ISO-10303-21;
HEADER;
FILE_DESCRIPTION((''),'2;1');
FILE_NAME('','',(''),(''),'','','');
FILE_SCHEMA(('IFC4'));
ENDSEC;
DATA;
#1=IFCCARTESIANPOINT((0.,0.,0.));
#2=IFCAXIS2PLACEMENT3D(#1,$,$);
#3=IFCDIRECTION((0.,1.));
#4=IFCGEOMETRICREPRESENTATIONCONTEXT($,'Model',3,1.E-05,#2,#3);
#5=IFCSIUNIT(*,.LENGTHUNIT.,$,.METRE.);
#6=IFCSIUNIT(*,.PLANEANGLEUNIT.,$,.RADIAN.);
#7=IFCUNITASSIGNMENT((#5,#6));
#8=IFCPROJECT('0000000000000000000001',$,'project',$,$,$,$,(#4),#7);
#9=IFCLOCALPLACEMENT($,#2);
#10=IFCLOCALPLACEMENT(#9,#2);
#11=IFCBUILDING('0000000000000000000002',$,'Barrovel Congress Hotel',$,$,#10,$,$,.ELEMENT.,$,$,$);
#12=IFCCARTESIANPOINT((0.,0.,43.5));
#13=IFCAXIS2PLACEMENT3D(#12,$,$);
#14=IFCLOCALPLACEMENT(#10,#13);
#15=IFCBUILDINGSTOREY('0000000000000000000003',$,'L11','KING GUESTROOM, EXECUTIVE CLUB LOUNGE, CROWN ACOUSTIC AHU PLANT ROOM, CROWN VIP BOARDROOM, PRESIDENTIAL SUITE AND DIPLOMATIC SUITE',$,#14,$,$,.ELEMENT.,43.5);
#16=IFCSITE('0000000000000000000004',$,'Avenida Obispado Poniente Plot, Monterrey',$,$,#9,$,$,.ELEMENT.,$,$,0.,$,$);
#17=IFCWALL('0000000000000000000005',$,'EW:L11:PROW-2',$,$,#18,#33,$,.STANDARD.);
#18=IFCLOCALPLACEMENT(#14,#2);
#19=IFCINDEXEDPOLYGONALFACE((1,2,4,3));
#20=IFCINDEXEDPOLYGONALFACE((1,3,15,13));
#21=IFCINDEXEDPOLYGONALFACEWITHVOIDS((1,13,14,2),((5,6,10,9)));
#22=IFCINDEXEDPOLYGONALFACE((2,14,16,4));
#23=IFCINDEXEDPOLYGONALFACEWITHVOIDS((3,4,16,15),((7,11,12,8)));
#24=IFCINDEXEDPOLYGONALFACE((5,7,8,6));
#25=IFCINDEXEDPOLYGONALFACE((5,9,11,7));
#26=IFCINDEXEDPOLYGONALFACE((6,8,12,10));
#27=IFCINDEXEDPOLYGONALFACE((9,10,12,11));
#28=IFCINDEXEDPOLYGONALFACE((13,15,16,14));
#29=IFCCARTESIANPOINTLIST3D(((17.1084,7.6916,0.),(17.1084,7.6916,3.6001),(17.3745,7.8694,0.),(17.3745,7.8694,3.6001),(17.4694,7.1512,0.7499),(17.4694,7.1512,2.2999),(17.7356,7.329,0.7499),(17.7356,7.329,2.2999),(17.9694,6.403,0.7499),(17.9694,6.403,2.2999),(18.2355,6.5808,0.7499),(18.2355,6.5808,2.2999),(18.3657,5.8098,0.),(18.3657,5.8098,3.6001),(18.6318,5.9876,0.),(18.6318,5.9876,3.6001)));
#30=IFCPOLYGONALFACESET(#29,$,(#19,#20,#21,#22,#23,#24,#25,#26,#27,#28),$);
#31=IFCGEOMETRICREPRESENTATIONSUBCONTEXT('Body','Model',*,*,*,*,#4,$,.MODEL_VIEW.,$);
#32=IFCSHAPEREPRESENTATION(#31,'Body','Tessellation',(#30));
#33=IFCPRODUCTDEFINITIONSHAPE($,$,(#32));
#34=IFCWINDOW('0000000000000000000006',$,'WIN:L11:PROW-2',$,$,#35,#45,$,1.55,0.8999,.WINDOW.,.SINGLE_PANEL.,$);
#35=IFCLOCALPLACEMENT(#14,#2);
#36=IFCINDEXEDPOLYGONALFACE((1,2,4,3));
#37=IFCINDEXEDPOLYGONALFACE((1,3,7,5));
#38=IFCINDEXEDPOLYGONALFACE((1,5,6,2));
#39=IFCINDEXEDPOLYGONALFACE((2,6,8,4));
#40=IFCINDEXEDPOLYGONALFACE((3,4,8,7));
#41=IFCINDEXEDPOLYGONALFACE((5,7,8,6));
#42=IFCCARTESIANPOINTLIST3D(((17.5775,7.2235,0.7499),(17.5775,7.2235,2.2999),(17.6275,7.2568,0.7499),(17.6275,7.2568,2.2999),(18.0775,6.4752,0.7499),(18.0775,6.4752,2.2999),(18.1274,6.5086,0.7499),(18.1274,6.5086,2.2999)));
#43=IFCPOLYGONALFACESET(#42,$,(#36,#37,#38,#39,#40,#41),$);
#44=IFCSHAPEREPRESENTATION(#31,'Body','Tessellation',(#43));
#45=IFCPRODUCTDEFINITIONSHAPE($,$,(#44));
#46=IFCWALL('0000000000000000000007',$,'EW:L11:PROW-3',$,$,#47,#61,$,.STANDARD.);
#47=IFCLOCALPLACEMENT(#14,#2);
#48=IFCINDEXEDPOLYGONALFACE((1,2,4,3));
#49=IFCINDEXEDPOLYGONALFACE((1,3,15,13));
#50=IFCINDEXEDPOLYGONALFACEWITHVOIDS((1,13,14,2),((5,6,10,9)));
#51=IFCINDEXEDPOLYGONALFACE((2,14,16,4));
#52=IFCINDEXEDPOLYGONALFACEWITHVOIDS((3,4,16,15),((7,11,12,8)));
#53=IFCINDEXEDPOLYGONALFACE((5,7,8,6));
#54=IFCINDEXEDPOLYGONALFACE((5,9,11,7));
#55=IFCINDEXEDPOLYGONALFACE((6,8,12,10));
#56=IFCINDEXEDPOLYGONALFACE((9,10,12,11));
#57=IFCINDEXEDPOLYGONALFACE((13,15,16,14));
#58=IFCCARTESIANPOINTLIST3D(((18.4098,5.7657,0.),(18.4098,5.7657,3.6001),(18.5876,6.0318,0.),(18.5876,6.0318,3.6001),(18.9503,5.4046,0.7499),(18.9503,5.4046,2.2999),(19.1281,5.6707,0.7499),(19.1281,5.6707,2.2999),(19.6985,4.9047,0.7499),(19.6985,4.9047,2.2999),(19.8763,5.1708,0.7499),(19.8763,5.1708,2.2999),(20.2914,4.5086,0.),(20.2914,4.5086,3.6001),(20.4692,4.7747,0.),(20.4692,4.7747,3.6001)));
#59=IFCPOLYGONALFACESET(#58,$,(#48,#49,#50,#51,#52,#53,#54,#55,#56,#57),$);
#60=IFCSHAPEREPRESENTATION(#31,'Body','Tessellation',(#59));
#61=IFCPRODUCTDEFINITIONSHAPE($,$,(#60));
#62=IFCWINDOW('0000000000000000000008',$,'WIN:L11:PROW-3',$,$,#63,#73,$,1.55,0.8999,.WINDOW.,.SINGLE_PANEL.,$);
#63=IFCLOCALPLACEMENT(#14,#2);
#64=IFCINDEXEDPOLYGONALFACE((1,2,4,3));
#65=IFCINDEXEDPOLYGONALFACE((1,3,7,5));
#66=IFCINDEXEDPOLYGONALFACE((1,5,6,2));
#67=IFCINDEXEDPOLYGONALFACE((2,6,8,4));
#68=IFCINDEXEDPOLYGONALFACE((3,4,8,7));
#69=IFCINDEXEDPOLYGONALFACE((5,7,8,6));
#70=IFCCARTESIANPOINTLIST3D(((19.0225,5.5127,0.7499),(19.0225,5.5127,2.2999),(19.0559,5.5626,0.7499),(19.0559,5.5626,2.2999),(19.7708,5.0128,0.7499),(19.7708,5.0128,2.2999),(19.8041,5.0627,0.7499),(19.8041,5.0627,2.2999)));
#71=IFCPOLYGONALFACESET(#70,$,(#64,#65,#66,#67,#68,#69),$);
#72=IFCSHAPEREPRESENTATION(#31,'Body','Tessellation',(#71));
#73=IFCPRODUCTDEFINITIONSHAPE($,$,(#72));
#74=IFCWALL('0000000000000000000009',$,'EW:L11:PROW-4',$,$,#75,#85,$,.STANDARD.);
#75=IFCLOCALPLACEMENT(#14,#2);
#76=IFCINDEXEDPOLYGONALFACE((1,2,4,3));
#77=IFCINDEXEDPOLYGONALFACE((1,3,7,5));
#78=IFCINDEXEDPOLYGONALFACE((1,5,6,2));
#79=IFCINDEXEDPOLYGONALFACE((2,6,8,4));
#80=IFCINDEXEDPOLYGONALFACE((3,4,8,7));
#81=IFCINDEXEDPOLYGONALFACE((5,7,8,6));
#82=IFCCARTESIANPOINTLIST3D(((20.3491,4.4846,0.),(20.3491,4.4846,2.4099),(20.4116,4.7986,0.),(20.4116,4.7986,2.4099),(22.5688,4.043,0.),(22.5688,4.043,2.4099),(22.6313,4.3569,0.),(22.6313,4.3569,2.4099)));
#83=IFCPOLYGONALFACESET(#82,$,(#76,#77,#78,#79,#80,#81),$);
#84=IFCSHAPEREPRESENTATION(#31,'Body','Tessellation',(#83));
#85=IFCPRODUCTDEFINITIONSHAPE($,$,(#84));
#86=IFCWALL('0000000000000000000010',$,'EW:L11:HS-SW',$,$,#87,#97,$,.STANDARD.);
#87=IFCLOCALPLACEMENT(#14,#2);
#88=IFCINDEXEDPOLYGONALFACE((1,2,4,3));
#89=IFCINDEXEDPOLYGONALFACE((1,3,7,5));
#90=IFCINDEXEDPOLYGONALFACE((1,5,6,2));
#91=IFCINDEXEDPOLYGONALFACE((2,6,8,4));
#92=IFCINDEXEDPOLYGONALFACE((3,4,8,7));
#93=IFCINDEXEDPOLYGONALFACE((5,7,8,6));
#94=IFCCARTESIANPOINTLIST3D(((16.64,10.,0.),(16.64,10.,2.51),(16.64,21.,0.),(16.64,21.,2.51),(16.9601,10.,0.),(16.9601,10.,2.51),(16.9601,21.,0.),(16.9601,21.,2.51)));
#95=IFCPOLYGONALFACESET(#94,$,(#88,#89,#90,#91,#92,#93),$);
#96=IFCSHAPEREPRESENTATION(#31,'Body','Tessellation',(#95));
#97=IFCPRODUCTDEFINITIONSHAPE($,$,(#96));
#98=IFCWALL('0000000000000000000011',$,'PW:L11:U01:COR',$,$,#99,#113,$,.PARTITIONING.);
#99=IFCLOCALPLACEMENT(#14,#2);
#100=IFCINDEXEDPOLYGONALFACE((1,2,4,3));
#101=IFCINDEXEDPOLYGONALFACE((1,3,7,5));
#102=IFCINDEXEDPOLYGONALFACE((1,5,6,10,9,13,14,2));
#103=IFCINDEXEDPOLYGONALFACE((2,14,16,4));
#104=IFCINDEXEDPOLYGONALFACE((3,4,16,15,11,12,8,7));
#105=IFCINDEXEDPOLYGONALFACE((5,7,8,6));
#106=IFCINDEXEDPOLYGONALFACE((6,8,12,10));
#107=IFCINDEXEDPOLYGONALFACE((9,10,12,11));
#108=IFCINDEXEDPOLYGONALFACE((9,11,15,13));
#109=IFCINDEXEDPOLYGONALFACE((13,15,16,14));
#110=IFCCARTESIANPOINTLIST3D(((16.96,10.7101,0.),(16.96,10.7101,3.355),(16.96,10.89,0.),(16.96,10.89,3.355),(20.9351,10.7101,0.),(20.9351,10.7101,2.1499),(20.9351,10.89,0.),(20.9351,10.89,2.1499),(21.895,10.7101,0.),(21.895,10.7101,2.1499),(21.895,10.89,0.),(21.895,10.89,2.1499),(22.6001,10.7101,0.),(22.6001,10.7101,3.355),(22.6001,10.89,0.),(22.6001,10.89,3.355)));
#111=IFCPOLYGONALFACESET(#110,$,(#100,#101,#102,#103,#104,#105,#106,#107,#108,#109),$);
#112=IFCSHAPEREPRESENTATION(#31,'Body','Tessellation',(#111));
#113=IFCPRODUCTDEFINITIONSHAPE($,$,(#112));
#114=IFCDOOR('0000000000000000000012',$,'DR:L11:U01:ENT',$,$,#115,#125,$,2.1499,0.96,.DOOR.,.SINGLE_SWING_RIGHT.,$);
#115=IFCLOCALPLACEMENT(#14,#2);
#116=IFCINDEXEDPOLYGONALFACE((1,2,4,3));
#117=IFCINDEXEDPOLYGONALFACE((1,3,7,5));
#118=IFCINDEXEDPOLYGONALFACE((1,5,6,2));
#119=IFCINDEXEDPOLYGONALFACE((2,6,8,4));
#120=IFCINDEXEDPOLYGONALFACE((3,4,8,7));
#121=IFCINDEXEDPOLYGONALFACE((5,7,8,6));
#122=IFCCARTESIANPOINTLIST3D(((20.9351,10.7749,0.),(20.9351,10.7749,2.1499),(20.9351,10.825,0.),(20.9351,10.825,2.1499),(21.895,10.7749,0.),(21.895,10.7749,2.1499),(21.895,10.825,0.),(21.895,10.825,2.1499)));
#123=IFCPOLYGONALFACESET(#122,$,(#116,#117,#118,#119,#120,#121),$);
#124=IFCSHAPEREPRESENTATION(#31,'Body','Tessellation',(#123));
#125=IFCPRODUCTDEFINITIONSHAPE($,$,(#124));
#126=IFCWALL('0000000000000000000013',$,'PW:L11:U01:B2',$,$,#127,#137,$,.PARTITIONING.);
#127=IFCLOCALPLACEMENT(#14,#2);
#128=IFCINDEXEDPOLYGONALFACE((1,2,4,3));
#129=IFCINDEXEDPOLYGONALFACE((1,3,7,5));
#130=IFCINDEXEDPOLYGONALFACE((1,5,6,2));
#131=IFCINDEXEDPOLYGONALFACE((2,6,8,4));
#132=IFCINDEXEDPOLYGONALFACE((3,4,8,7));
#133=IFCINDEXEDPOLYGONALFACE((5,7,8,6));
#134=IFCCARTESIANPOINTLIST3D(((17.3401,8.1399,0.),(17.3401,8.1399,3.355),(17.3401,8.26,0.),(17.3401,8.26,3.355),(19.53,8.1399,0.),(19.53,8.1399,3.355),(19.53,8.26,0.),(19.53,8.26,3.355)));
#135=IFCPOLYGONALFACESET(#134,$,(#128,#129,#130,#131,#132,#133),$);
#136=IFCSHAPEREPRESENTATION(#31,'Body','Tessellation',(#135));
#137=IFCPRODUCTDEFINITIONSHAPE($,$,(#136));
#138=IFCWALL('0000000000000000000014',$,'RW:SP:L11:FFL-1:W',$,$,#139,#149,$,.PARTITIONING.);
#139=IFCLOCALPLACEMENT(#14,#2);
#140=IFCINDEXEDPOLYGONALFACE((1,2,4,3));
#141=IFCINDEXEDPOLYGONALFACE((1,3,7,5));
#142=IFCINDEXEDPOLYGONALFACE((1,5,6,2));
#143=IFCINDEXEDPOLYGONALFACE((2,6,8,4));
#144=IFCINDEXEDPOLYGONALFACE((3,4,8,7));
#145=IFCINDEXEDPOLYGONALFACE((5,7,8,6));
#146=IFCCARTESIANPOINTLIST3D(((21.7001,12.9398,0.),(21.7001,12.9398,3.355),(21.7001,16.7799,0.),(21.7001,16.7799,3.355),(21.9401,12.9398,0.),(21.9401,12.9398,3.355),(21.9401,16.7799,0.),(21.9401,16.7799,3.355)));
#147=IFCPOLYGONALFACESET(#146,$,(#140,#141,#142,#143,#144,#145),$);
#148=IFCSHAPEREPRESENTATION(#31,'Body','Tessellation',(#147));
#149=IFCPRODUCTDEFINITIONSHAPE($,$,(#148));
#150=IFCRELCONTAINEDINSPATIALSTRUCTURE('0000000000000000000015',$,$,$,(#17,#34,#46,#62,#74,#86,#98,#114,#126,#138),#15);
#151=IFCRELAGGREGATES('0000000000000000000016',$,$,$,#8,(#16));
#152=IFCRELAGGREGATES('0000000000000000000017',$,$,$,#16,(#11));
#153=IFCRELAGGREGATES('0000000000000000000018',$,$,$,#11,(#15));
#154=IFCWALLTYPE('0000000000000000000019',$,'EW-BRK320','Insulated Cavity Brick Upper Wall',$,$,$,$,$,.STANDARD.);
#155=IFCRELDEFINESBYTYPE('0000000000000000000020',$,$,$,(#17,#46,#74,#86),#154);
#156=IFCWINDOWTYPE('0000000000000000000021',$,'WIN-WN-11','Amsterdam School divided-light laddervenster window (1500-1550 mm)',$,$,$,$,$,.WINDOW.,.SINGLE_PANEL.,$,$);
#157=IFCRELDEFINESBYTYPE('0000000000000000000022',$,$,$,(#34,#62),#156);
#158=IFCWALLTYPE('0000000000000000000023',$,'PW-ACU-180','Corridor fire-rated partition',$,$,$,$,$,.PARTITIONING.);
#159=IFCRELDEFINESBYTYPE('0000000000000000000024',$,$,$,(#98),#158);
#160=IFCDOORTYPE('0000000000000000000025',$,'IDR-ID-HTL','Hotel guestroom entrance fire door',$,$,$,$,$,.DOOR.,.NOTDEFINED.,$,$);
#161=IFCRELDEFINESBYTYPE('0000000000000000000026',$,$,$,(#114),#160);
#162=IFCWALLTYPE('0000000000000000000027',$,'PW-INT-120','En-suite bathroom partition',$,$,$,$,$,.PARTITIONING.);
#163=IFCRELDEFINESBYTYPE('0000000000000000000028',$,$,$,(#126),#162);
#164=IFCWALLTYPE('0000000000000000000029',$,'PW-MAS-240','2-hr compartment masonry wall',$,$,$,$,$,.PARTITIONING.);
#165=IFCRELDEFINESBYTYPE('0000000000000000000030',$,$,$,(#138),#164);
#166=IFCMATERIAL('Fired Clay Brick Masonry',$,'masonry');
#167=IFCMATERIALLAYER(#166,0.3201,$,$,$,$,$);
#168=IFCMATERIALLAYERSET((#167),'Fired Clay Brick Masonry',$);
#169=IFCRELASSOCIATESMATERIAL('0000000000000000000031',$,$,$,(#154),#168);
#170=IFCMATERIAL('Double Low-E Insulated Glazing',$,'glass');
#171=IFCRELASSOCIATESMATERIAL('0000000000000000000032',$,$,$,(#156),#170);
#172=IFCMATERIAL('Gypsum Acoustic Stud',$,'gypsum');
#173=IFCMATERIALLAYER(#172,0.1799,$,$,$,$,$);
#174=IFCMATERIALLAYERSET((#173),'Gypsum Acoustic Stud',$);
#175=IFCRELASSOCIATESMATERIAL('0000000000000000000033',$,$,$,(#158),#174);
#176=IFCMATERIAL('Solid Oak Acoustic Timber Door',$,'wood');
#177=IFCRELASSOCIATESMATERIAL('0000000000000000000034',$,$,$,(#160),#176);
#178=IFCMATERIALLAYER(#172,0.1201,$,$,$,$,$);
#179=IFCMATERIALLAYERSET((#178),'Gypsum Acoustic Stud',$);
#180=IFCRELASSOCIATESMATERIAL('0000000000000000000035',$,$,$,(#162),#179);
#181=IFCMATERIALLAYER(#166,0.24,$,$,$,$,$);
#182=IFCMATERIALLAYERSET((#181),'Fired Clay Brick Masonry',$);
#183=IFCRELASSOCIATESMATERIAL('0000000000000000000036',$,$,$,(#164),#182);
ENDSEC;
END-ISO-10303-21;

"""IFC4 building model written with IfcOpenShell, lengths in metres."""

from ifc_helpers import new_model, si_unit, direction, frame, frame_2d, origin, place, context, subcontext, project, spatial, rectangle, extrude, material, layer, layer_set, type_object, element, fill, save


model = new_model("IFC4")

# Units and contexts
model_context = context("Model", 3, precision=1e-05, world=origin(), true_north=direction((0.0, 1.0)))
body_context = subcontext(model_context, "Body", "Model", "MODEL_VIEW")
ifc_project = project(units=[si_unit("LENGTHUNIT", "METRE"), si_unit("PLANEANGLEUNIT", "RADIAN")], contexts=[model_context])

# Site, building, storey
site_placement = place(None, origin())
site = spatial("IfcSite", under=ifc_project, at=site_placement, Name="Avenida Obispado Poniente Plot, Monterrey", CompositionType="ELEMENT", RefElevation=0.0)
building_placement = place(site_placement, origin())
building = spatial("IfcBuilding", under=site, at=building_placement, Name="Barrovel Congress Hotel", CompositionType="ELEMENT")
storey_placement = place(building_placement, frame((0.0, 0.0, 43.5)))
storey = spatial("IfcBuildingStorey", under=building, at=storey_placement, Name="L11", Description="KING GUESTROOM, EXECUTIVE CLUB LOUNGE, CROWN ACOUSTIC AHU PLANT ROOM, CROWN VIP BOARDROOM, PRESIDENTIAL SUITE AND DIPLOMATIC SUITE", CompositionType="ELEMENT", Elevation=43.5)

# Walls, openings, windows
ifc_material_1 = material(Name="Fired Clay Brick Masonry", Category="masonry")
ifc_layer_1 = layer(ifc_material_1, 0.3201)
ifc_layer_set_1 = layer_set([ifc_layer_1], Name="Fired Clay Brick Masonry")
wall_type_1 = type_object("IfcWallType", Name="EW-BRK320", Description="Insulated Cavity Brick Upper Wall", PredefinedType="STANDARD", material=ifc_layer_set_1)
wall_1_placement = place(storey_placement, frame((17.2415, 7.7805, 0.0), z_axis=(0.0, 0.0, 1.0), x_axis=(0.555546, -0.831486, 0.0)))
wall_1 = element("IfcWall", 1, at=wall_1_placement, inside=storey, type_object=wall_type_1, Name="EW:L11:PROW-2", PredefinedType="STANDARD", context=body_context, shape_type="SweptSolid", body=[
    extrude(rectangle(XDim=2.2632, YDim=0.3201, at=frame_2d((1.1316, 0.0))), origin(), (0.0, 0.0, 1.0), 3.6001),
])
opening_1_placement = place(wall_1_placement, frame((0.6499, 0.0, 0.75)))
opening_1 = element("IfcOpeningElement", 2, at=opening_1_placement, cuts=wall_1, PredefinedType="OPENING", context=body_context, shape_type="SweptSolid", body=[
    extrude(rectangle(XDim=0.8999, YDim=1.55, at=frame_2d((0.45, 0.7749))), frame((0.0, 0.1699, 0.0), z_axis=(0.0, -1.0, 0.0), x_axis=(1.0, 0.0, 0.0)), (0.0, 0.0, 1.0), 0.3401),
])
ifc_material_2 = material(Name="Double Low-E Insulated Glazing", Category="glass")
window_type = type_object("IfcWindowType", Name="WIN-WN-11", Description="Amsterdam School divided-light laddervenster window (1500-1550 mm)", PartitioningType="SINGLE_PANEL", PredefinedType="WINDOW", material=ifc_material_2)
window_1_placement = place(opening_1_placement, origin())
window_1 = element("IfcWindow", 3, at=window_1_placement, inside=storey, type_object=window_type, Name="WIN:L11:PROW-2", OverallHeight=1.55, OverallWidth=0.8999, PartitioningType="SINGLE_PANEL", PredefinedType="WINDOW", context=body_context, shape_type="SweptSolid", body=[
    extrude(rectangle(XDim=0.8999, YDim=1.55, at=frame_2d((0.45, 0.7749))), frame((0.0, 0.03, 0.0), z_axis=(0.0, -1.0, 0.0), x_axis=(1.0, 0.0, 0.0)), (0.0, 0.0, 1.0), 0.0601),
])
fill(opening_1, window_1)
wall_2_placement = place(storey_placement, frame((18.4988, 5.8987, 0.0), z_axis=(0.0, 0.0, 1.0), x_axis=(0.831502, -0.555522, 0.0)))
wall_2 = element("IfcWall", 4, at=wall_2_placement, inside=storey, type_object=wall_type_1, Name="EW:L11:PROW-3", PredefinedType="STANDARD", context=body_context, shape_type="SweptSolid", body=[
    extrude(rectangle(XDim=2.2629, YDim=0.3201, at=frame_2d((1.1313, 0.0))), origin(), (0.0, 0.0, 1.0), 3.6001),
])
opening_2_placement = place(wall_2_placement, frame((0.6499, 0.0, 0.75)))
opening_2 = element("IfcOpeningElement", 5, at=opening_2_placement, cuts=wall_2, PredefinedType="OPENING", context=body_context, shape_type="SweptSolid", body=[
    extrude(rectangle(XDim=0.8999, YDim=1.55, at=frame_2d((0.45, 0.7749))), frame((0.0, 0.1699, 0.0), z_axis=(0.0, -1.0, 0.0), x_axis=(1.0, 0.0, 0.0)), (0.0, 0.0, 1.0), 0.3401),
])
window_2_placement = place(opening_2_placement, origin())
window_2 = element("IfcWindow", 6, at=window_2_placement, inside=storey, type_object=window_type, Name="WIN:L11:PROW-3", OverallHeight=1.55, OverallWidth=0.8999, PartitioningType="SINGLE_PANEL", PredefinedType="WINDOW", context=body_context, shape_type="SweptSolid", body=[
    extrude(rectangle(XDim=0.8999, YDim=1.55, at=frame_2d((0.45, 0.7749))), frame((0.0, 0.03, 0.0), z_axis=(0.0, -1.0, 0.0), x_axis=(1.0, 0.0, 0.0)), (0.0, 0.0, 1.0), 0.0601),
])
fill(opening_2, window_2)

# Walls
wall_3_placement = place(storey_placement, frame((20.3804, 4.6416, 0.0), z_axis=(0.0, 0.0, 1.0), x_axis=(0.980775, -0.195141, 0.0)))
element("IfcWall", 7, at=wall_3_placement, inside=storey, type_object=wall_type_1, Name="EW:L11:PROW-4", PredefinedType="STANDARD", context=body_context, shape_type="SweptSolid", body=[
    extrude(rectangle(XDim=2.2632, YDim=0.3201, at=frame_2d((1.1316, 0.0))), origin(), (0.0, 0.0, 1.0), 2.4099),
])
wall_4_placement = place(storey_placement, frame((16.8, 21.0, 0.0), z_axis=(0.0, 0.0, 1.0), x_axis=(0.0, -1.0, 0.0)))
element("IfcWall", 8, at=wall_4_placement, inside=storey, type_object=wall_type_1, Name="EW:L11:HS-SW", PredefinedType="STANDARD", context=body_context, shape_type="SweptSolid", body=[
    extrude(rectangle(XDim=11.0, YDim=0.3201, at=frame_2d((5.5, 0.0))), origin(), (0.0, 0.0, 1.0), 2.51),
])

# Wall, opening, door
ifc_material_3 = material(Name="Gypsum Acoustic Stud", Category="gypsum")
ifc_layer_2 = layer(ifc_material_3, 0.1799)
ifc_layer_set_2 = layer_set([ifc_layer_2], Name="Gypsum Acoustic Stud")
wall_type_2 = type_object("IfcWallType", Name="PW-ACU-180", Description="Corridor fire-rated partition", PredefinedType="PARTITIONING", material=ifc_layer_set_2)
wall_5_placement = place(storey_placement, frame((16.96, 10.8, 0.0), z_axis=(0.0, 0.0, 1.0), x_axis=(1.0, 0.0, 0.0)))
wall_5 = element("IfcWall", 9, at=wall_5_placement, inside=storey, type_object=wall_type_2, Name="PW:L11:U01:COR", PredefinedType="PARTITIONING", context=body_context, shape_type="SweptSolid", body=[
    extrude(rectangle(XDim=5.6401, YDim=0.1799, at=frame_2d((2.8201, 0.0))), origin(), (0.0, 0.0, 1.0), 3.355),
])
opening_3_placement = place(wall_5_placement, frame((3.9751, 0.0, 0.0)))
opening_3 = element("IfcOpeningElement", 10, at=opening_3_placement, cuts=wall_5, PredefinedType="OPENING", context=body_context, shape_type="SweptSolid", body=[
    extrude(rectangle(XDim=0.96, YDim=2.1499, at=frame_2d((0.48, 1.075))), frame((0.0, 0.1001, 0.0), z_axis=(0.0, -1.0, 0.0), x_axis=(1.0, 0.0, 0.0)), (0.0, 0.0, 1.0), 0.2),
])
ifc_material_4 = material(Name="Solid Oak Acoustic Timber Door", Category="wood")
door_type_1 = type_object("IfcDoorType", Name="IDR-ID-HTL", Description="Hotel guestroom entrance fire door", OperationType="NOTDEFINED", PredefinedType="DOOR", material=ifc_material_4)
door_1_placement = place(opening_3_placement, origin())
door_1 = element("IfcDoor", 11, at=door_1_placement, inside=storey, type_object=door_type_1, Name="DR:L11:U01:ENT", OperationType="SINGLE_SWING_RIGHT", OverallHeight=2.1499, OverallWidth=0.96, PredefinedType="DOOR", context=body_context, shape_type="SweptSolid", body=[
    extrude(rectangle(XDim=0.96, YDim=2.1499, at=frame_2d((0.48, 1.075))), frame((0.0, 0.0249, 0.0), z_axis=(0.0, -1.0, 0.0), x_axis=(1.0, 0.0, 0.0)), (0.0, 0.0, 1.0), 0.05),
])
fill(opening_3, door_1)

# Wall
ifc_layer_3 = layer(ifc_material_3, 0.1201)
ifc_layer_set_3 = layer_set([ifc_layer_3], Name="Gypsum Acoustic Stud")
wall_type_3 = type_object("IfcWallType", Name="PW-INT-120", Description="En-suite bathroom partition", PredefinedType="PARTITIONING", material=ifc_layer_set_3)
wall_6_placement = place(storey_placement, frame((17.3401, 8.2, 0.0), z_axis=(0.0, 0.0, 1.0), x_axis=(1.0, 0.0, 0.0)))
element("IfcWall", 12, at=wall_6_placement, inside=storey, type_object=wall_type_3, Name="PW:L11:U01:B2", PredefinedType="PARTITIONING", context=body_context, shape_type="SweptSolid", body=[
    extrude(rectangle(XDim=2.1899, YDim=0.1201, at=frame_2d((1.095, 0.0))), origin(), (0.0, 0.0, 1.0), 3.355),
])

# Shared definitions
ifc_layer_4 = layer(ifc_material_1, 0.24)
ifc_layer_set_4 = layer_set([ifc_layer_4], Name="Fired Clay Brick Masonry")
wall_type_4 = type_object("IfcWallType", Name="PW-MAS-240", Description="2-hr compartment masonry wall", PredefinedType="PARTITIONING", material=ifc_layer_set_4)

# Wall
wall_7_placement = place(storey_placement, frame((21.8201, 12.9399, 0.0), z_axis=(0.0, 0.0, 1.0), x_axis=(0.0, 1.0, 0.0)))
element("IfcWall", 13, at=wall_7_placement, inside=storey, type_object=wall_type_4, Name="RW:SP:L11:FFL-1:W", PredefinedType="PARTITIONING", context=body_context, shape_type="SweptSolid", body=[
    extrude(rectangle(XDim=3.8401, YDim=0.24, at=frame_2d((1.9199, 0.0))), origin(), (0.0, 0.0, 1.0), 3.355),
])

save(model, "model.ifc")
